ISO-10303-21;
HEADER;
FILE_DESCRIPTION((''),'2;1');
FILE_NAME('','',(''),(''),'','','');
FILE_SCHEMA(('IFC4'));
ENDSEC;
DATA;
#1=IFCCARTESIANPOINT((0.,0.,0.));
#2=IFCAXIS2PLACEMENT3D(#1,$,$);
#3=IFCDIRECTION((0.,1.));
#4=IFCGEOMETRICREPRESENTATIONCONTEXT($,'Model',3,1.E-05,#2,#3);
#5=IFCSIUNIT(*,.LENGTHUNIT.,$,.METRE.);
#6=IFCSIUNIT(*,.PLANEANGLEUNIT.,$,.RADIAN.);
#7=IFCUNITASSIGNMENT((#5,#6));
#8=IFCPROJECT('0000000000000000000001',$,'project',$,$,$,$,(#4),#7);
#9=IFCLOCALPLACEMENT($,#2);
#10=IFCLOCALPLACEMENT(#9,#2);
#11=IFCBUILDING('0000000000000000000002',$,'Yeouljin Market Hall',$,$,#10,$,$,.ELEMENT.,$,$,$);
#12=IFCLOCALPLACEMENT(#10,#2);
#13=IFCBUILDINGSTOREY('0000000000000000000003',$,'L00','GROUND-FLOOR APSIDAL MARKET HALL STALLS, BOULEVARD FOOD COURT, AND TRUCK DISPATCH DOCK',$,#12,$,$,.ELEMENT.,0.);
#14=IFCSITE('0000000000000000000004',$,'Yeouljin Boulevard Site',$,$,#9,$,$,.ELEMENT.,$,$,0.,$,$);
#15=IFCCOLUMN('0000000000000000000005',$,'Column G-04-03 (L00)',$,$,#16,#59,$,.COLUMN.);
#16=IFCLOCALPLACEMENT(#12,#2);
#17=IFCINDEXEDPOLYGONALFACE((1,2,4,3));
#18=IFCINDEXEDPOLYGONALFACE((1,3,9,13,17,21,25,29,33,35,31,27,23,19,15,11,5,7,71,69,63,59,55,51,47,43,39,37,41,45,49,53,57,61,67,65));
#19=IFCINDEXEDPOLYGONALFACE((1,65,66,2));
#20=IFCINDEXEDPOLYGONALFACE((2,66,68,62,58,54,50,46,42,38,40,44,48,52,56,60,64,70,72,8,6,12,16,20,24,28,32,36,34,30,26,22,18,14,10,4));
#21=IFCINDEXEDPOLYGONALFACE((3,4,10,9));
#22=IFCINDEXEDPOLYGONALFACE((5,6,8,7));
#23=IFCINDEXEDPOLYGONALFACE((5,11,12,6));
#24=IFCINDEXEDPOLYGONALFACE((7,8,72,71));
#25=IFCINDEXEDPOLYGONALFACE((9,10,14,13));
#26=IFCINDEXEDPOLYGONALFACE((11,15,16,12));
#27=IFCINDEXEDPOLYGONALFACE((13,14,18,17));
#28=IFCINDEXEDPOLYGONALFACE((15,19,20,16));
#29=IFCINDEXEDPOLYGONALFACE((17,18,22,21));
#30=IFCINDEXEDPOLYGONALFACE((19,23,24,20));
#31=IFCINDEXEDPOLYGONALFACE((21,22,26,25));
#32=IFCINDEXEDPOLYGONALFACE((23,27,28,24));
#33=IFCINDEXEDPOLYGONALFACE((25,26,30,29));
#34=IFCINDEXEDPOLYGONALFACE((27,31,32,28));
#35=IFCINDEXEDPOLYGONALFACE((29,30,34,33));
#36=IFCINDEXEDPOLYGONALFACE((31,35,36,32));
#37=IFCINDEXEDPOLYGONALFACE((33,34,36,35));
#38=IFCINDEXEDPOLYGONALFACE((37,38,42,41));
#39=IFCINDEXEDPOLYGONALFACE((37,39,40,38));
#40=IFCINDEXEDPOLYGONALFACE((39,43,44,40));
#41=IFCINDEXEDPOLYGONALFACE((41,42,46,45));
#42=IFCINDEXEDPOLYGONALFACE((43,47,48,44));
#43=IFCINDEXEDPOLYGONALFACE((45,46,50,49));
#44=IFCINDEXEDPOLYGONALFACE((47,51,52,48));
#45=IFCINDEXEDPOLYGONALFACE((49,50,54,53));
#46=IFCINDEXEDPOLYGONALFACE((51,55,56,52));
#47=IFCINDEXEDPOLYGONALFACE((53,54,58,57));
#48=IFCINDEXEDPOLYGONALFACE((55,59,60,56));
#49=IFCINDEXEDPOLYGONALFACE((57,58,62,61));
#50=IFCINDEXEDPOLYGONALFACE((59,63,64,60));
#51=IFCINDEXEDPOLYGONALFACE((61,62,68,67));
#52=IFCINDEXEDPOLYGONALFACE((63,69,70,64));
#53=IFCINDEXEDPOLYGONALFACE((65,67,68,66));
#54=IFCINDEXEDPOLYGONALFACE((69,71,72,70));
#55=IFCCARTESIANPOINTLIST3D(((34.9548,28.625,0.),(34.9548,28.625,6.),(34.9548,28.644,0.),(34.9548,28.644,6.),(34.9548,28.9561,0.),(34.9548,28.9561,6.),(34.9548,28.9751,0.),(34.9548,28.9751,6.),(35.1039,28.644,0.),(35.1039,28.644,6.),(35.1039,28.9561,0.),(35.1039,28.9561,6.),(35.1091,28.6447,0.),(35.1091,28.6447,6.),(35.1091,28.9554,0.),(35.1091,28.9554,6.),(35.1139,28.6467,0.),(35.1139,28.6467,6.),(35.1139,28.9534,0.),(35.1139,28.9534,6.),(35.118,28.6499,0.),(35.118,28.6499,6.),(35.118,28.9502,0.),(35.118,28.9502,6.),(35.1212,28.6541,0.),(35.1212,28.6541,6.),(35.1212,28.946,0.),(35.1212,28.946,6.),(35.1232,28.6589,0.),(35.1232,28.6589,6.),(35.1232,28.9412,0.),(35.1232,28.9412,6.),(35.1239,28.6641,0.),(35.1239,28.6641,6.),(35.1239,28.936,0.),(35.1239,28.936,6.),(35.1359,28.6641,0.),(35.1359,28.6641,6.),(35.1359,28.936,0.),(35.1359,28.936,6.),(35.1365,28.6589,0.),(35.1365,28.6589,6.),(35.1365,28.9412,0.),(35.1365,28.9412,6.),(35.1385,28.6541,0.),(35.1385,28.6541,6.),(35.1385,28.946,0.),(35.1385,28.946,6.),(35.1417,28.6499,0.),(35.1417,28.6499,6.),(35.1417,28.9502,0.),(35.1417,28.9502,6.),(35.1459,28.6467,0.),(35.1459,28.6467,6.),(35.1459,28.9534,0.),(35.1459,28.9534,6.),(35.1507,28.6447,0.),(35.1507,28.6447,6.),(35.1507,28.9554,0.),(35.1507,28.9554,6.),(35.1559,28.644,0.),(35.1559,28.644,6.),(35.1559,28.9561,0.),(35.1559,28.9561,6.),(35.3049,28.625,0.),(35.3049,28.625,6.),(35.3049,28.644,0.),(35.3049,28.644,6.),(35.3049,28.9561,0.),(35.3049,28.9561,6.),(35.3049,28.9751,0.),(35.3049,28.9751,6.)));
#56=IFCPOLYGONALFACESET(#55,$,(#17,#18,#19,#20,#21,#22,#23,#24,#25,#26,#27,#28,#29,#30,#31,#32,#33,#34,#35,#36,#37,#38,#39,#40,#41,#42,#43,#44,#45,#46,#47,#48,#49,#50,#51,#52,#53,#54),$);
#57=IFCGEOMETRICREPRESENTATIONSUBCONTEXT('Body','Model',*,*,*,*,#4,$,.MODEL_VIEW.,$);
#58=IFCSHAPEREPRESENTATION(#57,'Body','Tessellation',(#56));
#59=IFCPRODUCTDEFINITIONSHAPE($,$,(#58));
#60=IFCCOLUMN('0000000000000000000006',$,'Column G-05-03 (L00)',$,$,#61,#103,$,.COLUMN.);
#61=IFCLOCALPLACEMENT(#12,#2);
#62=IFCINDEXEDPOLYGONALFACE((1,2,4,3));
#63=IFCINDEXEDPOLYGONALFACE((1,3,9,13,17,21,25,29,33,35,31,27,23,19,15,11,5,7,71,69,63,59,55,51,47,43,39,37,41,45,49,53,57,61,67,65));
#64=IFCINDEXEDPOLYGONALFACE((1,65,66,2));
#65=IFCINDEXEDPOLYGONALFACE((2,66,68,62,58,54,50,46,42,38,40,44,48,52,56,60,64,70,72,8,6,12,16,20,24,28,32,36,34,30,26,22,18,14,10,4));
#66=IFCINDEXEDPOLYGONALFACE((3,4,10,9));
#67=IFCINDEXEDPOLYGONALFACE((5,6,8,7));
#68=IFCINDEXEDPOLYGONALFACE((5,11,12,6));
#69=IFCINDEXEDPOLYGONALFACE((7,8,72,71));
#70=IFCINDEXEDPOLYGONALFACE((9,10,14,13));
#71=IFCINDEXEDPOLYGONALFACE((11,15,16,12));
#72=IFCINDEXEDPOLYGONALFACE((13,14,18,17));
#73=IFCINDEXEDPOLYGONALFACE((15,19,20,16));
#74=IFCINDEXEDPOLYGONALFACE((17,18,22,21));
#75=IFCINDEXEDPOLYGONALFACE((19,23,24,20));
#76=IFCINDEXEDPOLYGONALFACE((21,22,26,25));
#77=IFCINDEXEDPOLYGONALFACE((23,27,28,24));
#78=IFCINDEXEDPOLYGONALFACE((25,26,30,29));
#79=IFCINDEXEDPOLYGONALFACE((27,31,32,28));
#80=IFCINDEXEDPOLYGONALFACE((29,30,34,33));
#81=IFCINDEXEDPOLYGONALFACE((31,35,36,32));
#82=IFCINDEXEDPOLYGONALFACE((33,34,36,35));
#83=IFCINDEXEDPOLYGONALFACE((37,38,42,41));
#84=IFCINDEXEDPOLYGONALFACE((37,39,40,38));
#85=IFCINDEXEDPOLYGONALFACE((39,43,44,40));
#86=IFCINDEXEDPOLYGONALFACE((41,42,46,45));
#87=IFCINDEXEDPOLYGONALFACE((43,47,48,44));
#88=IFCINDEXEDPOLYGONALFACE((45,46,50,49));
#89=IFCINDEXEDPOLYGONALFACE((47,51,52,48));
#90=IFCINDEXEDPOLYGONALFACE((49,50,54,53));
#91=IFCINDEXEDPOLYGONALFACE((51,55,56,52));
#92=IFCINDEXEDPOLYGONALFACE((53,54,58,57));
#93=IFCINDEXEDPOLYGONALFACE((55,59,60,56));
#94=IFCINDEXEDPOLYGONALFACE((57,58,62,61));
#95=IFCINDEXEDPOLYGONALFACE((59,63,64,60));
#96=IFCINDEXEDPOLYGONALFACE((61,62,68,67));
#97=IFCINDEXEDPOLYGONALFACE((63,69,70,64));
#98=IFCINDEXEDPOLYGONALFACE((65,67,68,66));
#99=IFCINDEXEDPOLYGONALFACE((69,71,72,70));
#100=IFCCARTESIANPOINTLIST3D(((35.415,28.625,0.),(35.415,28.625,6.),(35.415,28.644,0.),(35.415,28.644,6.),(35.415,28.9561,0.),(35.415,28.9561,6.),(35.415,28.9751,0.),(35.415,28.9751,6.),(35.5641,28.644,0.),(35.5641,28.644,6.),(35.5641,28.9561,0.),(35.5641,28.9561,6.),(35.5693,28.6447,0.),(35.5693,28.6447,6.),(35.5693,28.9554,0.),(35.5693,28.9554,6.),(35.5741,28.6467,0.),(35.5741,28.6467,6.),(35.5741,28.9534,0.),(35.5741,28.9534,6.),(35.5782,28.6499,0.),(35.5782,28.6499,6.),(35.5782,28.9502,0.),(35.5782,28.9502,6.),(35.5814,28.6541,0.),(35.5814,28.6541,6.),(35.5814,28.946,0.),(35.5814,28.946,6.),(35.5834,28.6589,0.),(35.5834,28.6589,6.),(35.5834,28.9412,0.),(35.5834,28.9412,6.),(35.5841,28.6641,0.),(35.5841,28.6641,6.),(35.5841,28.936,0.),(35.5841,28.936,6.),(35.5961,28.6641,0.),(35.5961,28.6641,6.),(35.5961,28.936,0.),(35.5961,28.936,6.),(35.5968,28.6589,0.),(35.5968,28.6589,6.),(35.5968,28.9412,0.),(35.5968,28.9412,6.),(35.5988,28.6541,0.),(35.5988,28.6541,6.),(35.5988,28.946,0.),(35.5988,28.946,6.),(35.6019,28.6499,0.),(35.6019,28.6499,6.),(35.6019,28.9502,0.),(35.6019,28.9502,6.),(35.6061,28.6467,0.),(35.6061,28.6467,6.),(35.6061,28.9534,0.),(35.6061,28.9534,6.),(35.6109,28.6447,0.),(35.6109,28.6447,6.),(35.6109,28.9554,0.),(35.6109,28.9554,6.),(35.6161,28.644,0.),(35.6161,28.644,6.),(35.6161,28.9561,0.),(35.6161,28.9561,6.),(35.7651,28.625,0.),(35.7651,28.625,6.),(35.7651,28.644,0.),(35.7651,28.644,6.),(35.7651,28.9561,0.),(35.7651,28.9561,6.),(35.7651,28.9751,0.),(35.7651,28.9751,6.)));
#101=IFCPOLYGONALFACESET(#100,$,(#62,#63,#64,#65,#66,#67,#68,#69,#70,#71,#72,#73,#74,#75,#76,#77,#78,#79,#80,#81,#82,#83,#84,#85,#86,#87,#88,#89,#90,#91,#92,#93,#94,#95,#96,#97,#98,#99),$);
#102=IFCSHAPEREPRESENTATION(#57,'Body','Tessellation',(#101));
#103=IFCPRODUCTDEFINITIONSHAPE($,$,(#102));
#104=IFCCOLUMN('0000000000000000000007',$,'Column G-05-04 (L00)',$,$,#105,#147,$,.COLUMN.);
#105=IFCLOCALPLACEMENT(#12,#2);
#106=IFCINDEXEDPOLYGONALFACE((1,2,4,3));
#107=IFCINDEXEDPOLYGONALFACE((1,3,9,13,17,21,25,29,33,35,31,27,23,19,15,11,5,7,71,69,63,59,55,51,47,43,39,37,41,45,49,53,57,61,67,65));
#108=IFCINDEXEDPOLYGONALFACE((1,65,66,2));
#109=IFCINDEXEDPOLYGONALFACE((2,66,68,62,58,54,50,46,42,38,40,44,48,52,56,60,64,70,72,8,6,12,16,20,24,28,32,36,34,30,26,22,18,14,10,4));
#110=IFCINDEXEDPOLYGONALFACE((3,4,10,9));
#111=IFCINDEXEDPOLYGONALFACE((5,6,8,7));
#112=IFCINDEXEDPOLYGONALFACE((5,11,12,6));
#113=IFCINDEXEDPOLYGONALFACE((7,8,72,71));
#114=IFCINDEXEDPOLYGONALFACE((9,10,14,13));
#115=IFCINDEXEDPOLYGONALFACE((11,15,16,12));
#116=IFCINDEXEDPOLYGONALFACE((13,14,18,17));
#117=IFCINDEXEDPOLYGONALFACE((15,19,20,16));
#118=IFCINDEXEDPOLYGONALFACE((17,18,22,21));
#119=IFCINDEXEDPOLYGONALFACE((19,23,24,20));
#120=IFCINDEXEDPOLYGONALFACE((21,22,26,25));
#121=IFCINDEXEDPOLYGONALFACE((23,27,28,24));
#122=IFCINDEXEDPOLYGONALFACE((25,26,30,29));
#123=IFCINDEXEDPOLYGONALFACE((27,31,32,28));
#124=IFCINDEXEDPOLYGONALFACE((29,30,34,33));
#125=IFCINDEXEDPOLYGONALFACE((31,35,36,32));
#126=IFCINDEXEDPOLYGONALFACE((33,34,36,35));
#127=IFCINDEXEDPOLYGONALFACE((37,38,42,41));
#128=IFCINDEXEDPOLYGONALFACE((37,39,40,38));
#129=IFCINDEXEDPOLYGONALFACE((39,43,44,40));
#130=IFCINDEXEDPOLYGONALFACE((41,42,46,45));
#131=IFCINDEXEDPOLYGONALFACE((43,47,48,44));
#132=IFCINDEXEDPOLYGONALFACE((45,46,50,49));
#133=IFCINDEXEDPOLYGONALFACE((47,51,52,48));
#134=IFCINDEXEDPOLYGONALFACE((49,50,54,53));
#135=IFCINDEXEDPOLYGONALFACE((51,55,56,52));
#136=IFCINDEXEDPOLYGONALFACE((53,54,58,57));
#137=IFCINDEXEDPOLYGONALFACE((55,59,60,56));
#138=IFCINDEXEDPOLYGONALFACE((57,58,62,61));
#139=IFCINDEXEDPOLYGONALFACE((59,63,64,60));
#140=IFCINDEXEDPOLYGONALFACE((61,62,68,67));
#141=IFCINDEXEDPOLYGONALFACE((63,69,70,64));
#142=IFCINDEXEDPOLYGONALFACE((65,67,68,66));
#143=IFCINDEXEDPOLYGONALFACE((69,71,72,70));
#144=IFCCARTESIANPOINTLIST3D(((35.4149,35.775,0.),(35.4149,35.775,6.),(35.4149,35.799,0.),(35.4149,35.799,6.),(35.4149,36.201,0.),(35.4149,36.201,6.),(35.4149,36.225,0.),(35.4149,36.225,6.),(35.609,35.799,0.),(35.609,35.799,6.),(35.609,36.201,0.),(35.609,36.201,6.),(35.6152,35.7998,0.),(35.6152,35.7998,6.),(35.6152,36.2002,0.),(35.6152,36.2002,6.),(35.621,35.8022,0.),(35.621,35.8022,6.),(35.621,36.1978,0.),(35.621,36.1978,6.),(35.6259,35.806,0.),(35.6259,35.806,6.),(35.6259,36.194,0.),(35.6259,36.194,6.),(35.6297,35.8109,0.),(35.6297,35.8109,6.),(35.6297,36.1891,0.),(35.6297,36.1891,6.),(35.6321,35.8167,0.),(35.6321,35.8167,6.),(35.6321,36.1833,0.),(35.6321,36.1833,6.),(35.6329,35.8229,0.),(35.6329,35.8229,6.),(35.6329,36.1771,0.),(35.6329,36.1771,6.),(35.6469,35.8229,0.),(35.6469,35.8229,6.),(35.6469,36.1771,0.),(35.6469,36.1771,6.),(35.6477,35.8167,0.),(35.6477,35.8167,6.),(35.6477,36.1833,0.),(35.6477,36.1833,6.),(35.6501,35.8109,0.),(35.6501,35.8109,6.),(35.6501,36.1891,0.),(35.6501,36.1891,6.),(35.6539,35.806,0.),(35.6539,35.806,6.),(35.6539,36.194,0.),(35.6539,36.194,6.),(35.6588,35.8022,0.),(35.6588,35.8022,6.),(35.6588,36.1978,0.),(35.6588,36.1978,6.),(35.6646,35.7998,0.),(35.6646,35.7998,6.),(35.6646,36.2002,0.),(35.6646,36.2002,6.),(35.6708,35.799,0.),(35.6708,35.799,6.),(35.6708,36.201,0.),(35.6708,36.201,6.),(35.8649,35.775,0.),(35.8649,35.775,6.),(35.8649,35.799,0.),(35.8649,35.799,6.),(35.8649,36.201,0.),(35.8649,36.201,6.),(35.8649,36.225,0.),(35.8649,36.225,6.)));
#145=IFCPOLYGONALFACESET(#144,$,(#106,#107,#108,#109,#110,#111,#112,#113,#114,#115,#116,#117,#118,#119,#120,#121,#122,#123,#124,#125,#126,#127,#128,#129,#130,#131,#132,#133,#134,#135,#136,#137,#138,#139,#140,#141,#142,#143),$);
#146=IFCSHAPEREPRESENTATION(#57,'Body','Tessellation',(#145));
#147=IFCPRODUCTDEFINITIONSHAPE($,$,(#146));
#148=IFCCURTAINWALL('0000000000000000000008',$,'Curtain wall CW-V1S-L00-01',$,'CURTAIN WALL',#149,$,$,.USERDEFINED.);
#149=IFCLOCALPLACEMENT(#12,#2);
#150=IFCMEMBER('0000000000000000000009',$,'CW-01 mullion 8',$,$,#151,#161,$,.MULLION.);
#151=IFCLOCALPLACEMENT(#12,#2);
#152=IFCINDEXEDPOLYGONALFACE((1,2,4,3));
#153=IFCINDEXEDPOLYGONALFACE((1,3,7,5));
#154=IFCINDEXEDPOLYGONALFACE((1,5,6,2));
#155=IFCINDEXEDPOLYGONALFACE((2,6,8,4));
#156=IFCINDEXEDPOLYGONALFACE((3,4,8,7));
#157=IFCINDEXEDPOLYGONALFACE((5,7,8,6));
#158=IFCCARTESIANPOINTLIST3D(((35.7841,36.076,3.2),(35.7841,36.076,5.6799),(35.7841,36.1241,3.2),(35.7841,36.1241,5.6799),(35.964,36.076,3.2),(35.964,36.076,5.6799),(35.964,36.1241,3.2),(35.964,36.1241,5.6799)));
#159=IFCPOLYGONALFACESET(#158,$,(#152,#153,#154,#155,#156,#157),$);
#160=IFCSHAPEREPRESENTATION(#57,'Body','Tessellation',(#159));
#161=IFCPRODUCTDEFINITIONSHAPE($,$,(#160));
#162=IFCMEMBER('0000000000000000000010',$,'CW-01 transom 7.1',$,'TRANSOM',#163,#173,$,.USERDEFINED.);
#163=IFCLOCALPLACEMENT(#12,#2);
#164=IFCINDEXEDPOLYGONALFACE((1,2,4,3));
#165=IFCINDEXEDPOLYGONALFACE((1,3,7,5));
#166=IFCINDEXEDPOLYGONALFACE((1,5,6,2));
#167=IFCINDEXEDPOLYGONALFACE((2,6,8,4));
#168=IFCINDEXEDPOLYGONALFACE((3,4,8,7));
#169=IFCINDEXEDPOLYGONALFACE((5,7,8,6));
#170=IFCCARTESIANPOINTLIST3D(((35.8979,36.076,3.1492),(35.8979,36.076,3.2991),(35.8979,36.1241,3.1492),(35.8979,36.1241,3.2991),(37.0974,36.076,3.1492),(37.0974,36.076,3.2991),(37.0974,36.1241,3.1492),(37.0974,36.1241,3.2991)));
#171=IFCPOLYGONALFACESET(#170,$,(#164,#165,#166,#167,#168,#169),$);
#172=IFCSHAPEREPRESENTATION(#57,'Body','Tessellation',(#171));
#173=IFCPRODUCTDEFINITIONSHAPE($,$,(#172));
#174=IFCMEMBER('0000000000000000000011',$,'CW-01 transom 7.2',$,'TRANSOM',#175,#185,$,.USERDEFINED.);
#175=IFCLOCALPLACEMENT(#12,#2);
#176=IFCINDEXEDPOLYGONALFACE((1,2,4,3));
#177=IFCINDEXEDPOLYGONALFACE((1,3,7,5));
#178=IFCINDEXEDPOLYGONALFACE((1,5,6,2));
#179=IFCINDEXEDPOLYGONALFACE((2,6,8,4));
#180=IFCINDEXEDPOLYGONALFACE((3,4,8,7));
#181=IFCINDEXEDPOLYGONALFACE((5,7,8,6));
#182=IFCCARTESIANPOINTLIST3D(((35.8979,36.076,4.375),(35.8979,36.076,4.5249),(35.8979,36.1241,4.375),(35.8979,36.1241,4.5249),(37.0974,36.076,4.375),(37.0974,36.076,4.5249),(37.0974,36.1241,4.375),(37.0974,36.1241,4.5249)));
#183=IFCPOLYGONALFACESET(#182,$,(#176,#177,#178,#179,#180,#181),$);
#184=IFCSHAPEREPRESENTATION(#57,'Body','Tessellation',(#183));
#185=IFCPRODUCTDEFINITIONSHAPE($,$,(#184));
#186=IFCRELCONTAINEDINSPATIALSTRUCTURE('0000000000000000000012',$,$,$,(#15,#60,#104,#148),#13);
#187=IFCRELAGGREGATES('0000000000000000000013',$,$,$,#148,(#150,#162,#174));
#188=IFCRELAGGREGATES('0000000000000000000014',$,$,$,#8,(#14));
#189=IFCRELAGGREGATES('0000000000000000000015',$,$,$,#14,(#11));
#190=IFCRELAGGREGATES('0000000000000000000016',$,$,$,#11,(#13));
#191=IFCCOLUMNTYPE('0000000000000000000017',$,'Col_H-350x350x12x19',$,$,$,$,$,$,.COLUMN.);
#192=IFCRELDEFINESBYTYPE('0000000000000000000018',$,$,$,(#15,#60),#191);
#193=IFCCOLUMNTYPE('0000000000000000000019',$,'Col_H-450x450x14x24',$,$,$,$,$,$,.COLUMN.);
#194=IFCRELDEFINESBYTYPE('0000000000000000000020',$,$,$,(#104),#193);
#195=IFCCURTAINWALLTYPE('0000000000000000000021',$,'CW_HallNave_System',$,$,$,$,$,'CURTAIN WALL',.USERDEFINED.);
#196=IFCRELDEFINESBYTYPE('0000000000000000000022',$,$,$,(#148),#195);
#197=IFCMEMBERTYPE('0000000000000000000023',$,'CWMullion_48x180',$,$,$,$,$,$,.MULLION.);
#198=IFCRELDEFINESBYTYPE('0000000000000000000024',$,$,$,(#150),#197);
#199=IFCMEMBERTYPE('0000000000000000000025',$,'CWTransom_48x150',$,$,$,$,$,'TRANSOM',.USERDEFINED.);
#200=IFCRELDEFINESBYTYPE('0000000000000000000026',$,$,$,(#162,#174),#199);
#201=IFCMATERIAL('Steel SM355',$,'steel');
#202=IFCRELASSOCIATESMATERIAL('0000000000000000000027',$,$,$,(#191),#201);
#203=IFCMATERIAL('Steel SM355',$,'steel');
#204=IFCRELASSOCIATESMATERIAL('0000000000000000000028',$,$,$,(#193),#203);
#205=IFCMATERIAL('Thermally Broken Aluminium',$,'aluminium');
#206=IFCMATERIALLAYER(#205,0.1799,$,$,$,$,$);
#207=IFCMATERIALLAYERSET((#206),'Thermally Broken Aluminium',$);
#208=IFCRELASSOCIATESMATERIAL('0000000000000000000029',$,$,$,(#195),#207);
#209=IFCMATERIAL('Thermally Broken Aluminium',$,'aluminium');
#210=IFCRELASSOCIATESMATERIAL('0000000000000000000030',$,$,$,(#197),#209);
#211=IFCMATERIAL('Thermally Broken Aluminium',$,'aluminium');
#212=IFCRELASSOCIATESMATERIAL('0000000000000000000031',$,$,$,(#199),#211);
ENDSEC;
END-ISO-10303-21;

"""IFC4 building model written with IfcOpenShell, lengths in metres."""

from ifc_helpers import new_model, si_unit, direction, frame, origin, origin_2d, place, context, subcontext, project, spatial, rectangle, i_section, extrude, material, layer, layer_set, material_profile, profile_set, type_object, element, aggregate, save


model = new_model("IFC4")

# Units and contexts
model_context = context("Model", 3, precision=1e-05, world=origin(), true_north=direction((0.0, 1.0)))
body_context = subcontext(model_context, "Body", "Model", "MODEL_VIEW")
ifc_project = project(units=[si_unit("LENGTHUNIT", "METRE"), si_unit("PLANEANGLEUNIT", "RADIAN")], contexts=[model_context])

# Site, building, storey
site_placement = place(None, origin())
site = spatial("IfcSite", under=ifc_project, at=site_placement, Name="Yeouljin Boulevard Site", CompositionType="ELEMENT", RefElevation=0.0)
building_placement = place(site_placement, origin())
building = spatial("IfcBuilding", under=site, at=building_placement, Name="Yeouljin Market Hall", CompositionType="ELEMENT")
storey_placement = place(building_placement, origin())
storey = spatial("IfcBuildingStorey", under=building, at=storey_placement, Name="L00", Description="GROUND-FLOOR APSIDAL MARKET HALL STALLS, BOULEVARD FOOD COURT, AND TRUCK DISPATCH DOCK", CompositionType="ELEMENT", Elevation=0.0)

# Columns
ifc_material_1 = material(Name="Steel SM355", Category="steel")
ifc_material_profile_1 = material_profile(ifc_material_1, i_section(OverallWidth=0.3501, OverallDepth=0.3501, WebThickness=0.012, FlangeThickness=0.019, FilletRadius=0.02, at=origin_2d()), Name="H-350x350x12x19")
ifc_profile_set_1 = profile_set([ifc_material_profile_1], Name="Steel SM355")
column_type_1 = type_object("IfcColumnType", Name="Col_H-350x350x12x19", PredefinedType="COLUMN", material=ifc_profile_set_1)
for number, where, z_axis, x_axis, name in (
    (1, (35.1299, 28.8, 0.0), (0.0, 0.0, 1.0), (1.0, 0.0, 0.0), "Column G-04-03 (L00)"),
    (2, (35.5901, 28.8, 0.0), (0.0, 0.0, 1.0), (1.0, 0.0, 0.0), "Column G-05-03 (L00)"),
):
    element("IfcColumn", number, at=place(storey_placement, frame(where, z_axis=z_axis, x_axis=x_axis)), inside=storey, type_object=column_type_1, Name=name, PredefinedType="COLUMN", context=body_context, shape_type="SweptSolid", body=[
        extrude(i_section(OverallWidth=0.3501, OverallDepth=0.3501, WebThickness=0.012, FlangeThickness=0.019, FilletRadius=0.02, at=origin_2d()), origin(), (0.0, 0.0, 1.0), 6.0),
    ])
ifc_material_2 = material(Name="Steel SM355", Category="steel")
ifc_material_profile_2 = material_profile(ifc_material_2, i_section(OverallWidth=0.45, OverallDepth=0.45, WebThickness=0.0139, FlangeThickness=0.0239, FilletRadius=0.0239, at=origin_2d()), Name="H-450x450x14x24")
ifc_profile_set_2 = profile_set([ifc_material_profile_2], Name="Steel SM355")
column_type_2 = type_object("IfcColumnType", Name="Col_H-450x450x14x24", PredefinedType="COLUMN", material=ifc_profile_set_2)
column_placement = place(storey_placement, frame((35.6399, 36.0, 0.0), z_axis=(0.0, 0.0, 1.0), x_axis=(1.0, 0.0, 0.0)))
element("IfcColumn", 3, at=column_placement, inside=storey, type_object=column_type_2, Name="Column G-05-04 (L00)", PredefinedType="COLUMN", context=body_context, shape_type="SweptSolid", body=[
    extrude(i_section(OverallWidth=0.45, OverallDepth=0.45, WebThickness=0.0139, FlangeThickness=0.0239, FilletRadius=0.0239, at=origin_2d()), origin(), (0.0, 0.0, 1.0), 6.0),
])

# Curtain wall, members
ifc_material_3 = material(Name="Thermally Broken Aluminium", Category="aluminium")
ifc_layer_1 = layer(ifc_material_3, 0.1799)
ifc_layer_set_1 = layer_set([ifc_layer_1], Name="Thermally Broken Aluminium")
curtain_wall_type = type_object("IfcCurtainWallType", Name="CW_HallNave_System", ElementType="CURTAIN WALL", PredefinedType="USERDEFINED", material=ifc_layer_set_1)
curtain_wall_placement = place(storey_placement, origin())
curtain_wall = element("IfcCurtainWall", 4, at=curtain_wall_placement, inside=storey, type_object=curtain_wall_type, Name="Curtain wall CW-V1S-L00-01", ObjectType="CURTAIN WALL", PredefinedType="USERDEFINED")
ifc_material_4 = material(Name="Thermally Broken Aluminium", Category="aluminium")
ifc_material_profile_3 = material_profile(ifc_material_4, rectangle(XDim=0.0481, YDim=0.1799, at=origin_2d()), Name="CW-MULL-48x180")
ifc_profile_set_3 = profile_set([ifc_material_profile_3], Name="Thermally Broken Aluminium")
member_type_1 = type_object("IfcMemberType", Name="CWMullion_48x180", PredefinedType="MULLION", material=ifc_profile_set_3)
member_1_placement = place(storey_placement, frame((35.874, 36.1001, 3.2), z_axis=(0.0, 0.0, 1.0), x_axis=(0.0, -1.0, 0.0)))
member_1 = element("IfcMember", 5, at=member_1_placement, type_object=member_type_1, Name="CW-01 mullion 8", PredefinedType="MULLION", context=body_context, shape_type="SweptSolid", body=[
    extrude(rectangle(XDim=0.0481, YDim=0.1799, at=origin_2d()), origin(), (0.0, 0.0, 1.0), 2.48),
])
ifc_material_5 = material(Name="Thermally Broken Aluminium", Category="aluminium")
ifc_material_profile_4 = material_profile(ifc_material_5, rectangle(XDim=0.0481, YDim=0.1499, at=origin_2d()), Name="CW-TRAN-48x150")
ifc_profile_set_4 = profile_set([ifc_material_profile_4], Name="Thermally Broken Aluminium")
member_type_2 = type_object("IfcMemberType", Name="CWTransom_48x150", ElementType="TRANSOM", PredefinedType="USERDEFINED", material=ifc_profile_set_4)
member_2_placement = place(storey_placement, frame((37.0974, 36.1001, 3.2241), z_axis=(-1.0, 0.0, 0.0), x_axis=(0.0, -1.0, 0.0)))
member_2 = element("IfcMember", 6, at=member_2_placement, type_object=member_type_2, Name="CW-01 transom 7.1", ObjectType="TRANSOM", PredefinedType="USERDEFINED", context=body_context, shape_type="SweptSolid", body=[
    extrude(rectangle(XDim=0.0481, YDim=0.1499, at=origin_2d()), origin(), (0.0, 0.0, 1.0), 1.1995),
])
member_3_placement = place(storey_placement, frame((37.0974, 36.1001, 4.45), z_axis=(-1.0, 0.0, 0.0), x_axis=(0.0, -1.0, 0.0)))
member_3 = element("IfcMember", 7, at=member_3_placement, type_object=member_type_2, Name="CW-01 transom 7.2", ObjectType="TRANSOM", PredefinedType="USERDEFINED", context=body_context, shape_type="SweptSolid", body=[
    extrude(rectangle(XDim=0.0481, YDim=0.1499, at=origin_2d()), origin(), (0.0, 0.0, 1.0), 1.1995),
])
aggregate(curtain_wall, [member_1, member_2, member_3])

save(model, "model.ifc")
